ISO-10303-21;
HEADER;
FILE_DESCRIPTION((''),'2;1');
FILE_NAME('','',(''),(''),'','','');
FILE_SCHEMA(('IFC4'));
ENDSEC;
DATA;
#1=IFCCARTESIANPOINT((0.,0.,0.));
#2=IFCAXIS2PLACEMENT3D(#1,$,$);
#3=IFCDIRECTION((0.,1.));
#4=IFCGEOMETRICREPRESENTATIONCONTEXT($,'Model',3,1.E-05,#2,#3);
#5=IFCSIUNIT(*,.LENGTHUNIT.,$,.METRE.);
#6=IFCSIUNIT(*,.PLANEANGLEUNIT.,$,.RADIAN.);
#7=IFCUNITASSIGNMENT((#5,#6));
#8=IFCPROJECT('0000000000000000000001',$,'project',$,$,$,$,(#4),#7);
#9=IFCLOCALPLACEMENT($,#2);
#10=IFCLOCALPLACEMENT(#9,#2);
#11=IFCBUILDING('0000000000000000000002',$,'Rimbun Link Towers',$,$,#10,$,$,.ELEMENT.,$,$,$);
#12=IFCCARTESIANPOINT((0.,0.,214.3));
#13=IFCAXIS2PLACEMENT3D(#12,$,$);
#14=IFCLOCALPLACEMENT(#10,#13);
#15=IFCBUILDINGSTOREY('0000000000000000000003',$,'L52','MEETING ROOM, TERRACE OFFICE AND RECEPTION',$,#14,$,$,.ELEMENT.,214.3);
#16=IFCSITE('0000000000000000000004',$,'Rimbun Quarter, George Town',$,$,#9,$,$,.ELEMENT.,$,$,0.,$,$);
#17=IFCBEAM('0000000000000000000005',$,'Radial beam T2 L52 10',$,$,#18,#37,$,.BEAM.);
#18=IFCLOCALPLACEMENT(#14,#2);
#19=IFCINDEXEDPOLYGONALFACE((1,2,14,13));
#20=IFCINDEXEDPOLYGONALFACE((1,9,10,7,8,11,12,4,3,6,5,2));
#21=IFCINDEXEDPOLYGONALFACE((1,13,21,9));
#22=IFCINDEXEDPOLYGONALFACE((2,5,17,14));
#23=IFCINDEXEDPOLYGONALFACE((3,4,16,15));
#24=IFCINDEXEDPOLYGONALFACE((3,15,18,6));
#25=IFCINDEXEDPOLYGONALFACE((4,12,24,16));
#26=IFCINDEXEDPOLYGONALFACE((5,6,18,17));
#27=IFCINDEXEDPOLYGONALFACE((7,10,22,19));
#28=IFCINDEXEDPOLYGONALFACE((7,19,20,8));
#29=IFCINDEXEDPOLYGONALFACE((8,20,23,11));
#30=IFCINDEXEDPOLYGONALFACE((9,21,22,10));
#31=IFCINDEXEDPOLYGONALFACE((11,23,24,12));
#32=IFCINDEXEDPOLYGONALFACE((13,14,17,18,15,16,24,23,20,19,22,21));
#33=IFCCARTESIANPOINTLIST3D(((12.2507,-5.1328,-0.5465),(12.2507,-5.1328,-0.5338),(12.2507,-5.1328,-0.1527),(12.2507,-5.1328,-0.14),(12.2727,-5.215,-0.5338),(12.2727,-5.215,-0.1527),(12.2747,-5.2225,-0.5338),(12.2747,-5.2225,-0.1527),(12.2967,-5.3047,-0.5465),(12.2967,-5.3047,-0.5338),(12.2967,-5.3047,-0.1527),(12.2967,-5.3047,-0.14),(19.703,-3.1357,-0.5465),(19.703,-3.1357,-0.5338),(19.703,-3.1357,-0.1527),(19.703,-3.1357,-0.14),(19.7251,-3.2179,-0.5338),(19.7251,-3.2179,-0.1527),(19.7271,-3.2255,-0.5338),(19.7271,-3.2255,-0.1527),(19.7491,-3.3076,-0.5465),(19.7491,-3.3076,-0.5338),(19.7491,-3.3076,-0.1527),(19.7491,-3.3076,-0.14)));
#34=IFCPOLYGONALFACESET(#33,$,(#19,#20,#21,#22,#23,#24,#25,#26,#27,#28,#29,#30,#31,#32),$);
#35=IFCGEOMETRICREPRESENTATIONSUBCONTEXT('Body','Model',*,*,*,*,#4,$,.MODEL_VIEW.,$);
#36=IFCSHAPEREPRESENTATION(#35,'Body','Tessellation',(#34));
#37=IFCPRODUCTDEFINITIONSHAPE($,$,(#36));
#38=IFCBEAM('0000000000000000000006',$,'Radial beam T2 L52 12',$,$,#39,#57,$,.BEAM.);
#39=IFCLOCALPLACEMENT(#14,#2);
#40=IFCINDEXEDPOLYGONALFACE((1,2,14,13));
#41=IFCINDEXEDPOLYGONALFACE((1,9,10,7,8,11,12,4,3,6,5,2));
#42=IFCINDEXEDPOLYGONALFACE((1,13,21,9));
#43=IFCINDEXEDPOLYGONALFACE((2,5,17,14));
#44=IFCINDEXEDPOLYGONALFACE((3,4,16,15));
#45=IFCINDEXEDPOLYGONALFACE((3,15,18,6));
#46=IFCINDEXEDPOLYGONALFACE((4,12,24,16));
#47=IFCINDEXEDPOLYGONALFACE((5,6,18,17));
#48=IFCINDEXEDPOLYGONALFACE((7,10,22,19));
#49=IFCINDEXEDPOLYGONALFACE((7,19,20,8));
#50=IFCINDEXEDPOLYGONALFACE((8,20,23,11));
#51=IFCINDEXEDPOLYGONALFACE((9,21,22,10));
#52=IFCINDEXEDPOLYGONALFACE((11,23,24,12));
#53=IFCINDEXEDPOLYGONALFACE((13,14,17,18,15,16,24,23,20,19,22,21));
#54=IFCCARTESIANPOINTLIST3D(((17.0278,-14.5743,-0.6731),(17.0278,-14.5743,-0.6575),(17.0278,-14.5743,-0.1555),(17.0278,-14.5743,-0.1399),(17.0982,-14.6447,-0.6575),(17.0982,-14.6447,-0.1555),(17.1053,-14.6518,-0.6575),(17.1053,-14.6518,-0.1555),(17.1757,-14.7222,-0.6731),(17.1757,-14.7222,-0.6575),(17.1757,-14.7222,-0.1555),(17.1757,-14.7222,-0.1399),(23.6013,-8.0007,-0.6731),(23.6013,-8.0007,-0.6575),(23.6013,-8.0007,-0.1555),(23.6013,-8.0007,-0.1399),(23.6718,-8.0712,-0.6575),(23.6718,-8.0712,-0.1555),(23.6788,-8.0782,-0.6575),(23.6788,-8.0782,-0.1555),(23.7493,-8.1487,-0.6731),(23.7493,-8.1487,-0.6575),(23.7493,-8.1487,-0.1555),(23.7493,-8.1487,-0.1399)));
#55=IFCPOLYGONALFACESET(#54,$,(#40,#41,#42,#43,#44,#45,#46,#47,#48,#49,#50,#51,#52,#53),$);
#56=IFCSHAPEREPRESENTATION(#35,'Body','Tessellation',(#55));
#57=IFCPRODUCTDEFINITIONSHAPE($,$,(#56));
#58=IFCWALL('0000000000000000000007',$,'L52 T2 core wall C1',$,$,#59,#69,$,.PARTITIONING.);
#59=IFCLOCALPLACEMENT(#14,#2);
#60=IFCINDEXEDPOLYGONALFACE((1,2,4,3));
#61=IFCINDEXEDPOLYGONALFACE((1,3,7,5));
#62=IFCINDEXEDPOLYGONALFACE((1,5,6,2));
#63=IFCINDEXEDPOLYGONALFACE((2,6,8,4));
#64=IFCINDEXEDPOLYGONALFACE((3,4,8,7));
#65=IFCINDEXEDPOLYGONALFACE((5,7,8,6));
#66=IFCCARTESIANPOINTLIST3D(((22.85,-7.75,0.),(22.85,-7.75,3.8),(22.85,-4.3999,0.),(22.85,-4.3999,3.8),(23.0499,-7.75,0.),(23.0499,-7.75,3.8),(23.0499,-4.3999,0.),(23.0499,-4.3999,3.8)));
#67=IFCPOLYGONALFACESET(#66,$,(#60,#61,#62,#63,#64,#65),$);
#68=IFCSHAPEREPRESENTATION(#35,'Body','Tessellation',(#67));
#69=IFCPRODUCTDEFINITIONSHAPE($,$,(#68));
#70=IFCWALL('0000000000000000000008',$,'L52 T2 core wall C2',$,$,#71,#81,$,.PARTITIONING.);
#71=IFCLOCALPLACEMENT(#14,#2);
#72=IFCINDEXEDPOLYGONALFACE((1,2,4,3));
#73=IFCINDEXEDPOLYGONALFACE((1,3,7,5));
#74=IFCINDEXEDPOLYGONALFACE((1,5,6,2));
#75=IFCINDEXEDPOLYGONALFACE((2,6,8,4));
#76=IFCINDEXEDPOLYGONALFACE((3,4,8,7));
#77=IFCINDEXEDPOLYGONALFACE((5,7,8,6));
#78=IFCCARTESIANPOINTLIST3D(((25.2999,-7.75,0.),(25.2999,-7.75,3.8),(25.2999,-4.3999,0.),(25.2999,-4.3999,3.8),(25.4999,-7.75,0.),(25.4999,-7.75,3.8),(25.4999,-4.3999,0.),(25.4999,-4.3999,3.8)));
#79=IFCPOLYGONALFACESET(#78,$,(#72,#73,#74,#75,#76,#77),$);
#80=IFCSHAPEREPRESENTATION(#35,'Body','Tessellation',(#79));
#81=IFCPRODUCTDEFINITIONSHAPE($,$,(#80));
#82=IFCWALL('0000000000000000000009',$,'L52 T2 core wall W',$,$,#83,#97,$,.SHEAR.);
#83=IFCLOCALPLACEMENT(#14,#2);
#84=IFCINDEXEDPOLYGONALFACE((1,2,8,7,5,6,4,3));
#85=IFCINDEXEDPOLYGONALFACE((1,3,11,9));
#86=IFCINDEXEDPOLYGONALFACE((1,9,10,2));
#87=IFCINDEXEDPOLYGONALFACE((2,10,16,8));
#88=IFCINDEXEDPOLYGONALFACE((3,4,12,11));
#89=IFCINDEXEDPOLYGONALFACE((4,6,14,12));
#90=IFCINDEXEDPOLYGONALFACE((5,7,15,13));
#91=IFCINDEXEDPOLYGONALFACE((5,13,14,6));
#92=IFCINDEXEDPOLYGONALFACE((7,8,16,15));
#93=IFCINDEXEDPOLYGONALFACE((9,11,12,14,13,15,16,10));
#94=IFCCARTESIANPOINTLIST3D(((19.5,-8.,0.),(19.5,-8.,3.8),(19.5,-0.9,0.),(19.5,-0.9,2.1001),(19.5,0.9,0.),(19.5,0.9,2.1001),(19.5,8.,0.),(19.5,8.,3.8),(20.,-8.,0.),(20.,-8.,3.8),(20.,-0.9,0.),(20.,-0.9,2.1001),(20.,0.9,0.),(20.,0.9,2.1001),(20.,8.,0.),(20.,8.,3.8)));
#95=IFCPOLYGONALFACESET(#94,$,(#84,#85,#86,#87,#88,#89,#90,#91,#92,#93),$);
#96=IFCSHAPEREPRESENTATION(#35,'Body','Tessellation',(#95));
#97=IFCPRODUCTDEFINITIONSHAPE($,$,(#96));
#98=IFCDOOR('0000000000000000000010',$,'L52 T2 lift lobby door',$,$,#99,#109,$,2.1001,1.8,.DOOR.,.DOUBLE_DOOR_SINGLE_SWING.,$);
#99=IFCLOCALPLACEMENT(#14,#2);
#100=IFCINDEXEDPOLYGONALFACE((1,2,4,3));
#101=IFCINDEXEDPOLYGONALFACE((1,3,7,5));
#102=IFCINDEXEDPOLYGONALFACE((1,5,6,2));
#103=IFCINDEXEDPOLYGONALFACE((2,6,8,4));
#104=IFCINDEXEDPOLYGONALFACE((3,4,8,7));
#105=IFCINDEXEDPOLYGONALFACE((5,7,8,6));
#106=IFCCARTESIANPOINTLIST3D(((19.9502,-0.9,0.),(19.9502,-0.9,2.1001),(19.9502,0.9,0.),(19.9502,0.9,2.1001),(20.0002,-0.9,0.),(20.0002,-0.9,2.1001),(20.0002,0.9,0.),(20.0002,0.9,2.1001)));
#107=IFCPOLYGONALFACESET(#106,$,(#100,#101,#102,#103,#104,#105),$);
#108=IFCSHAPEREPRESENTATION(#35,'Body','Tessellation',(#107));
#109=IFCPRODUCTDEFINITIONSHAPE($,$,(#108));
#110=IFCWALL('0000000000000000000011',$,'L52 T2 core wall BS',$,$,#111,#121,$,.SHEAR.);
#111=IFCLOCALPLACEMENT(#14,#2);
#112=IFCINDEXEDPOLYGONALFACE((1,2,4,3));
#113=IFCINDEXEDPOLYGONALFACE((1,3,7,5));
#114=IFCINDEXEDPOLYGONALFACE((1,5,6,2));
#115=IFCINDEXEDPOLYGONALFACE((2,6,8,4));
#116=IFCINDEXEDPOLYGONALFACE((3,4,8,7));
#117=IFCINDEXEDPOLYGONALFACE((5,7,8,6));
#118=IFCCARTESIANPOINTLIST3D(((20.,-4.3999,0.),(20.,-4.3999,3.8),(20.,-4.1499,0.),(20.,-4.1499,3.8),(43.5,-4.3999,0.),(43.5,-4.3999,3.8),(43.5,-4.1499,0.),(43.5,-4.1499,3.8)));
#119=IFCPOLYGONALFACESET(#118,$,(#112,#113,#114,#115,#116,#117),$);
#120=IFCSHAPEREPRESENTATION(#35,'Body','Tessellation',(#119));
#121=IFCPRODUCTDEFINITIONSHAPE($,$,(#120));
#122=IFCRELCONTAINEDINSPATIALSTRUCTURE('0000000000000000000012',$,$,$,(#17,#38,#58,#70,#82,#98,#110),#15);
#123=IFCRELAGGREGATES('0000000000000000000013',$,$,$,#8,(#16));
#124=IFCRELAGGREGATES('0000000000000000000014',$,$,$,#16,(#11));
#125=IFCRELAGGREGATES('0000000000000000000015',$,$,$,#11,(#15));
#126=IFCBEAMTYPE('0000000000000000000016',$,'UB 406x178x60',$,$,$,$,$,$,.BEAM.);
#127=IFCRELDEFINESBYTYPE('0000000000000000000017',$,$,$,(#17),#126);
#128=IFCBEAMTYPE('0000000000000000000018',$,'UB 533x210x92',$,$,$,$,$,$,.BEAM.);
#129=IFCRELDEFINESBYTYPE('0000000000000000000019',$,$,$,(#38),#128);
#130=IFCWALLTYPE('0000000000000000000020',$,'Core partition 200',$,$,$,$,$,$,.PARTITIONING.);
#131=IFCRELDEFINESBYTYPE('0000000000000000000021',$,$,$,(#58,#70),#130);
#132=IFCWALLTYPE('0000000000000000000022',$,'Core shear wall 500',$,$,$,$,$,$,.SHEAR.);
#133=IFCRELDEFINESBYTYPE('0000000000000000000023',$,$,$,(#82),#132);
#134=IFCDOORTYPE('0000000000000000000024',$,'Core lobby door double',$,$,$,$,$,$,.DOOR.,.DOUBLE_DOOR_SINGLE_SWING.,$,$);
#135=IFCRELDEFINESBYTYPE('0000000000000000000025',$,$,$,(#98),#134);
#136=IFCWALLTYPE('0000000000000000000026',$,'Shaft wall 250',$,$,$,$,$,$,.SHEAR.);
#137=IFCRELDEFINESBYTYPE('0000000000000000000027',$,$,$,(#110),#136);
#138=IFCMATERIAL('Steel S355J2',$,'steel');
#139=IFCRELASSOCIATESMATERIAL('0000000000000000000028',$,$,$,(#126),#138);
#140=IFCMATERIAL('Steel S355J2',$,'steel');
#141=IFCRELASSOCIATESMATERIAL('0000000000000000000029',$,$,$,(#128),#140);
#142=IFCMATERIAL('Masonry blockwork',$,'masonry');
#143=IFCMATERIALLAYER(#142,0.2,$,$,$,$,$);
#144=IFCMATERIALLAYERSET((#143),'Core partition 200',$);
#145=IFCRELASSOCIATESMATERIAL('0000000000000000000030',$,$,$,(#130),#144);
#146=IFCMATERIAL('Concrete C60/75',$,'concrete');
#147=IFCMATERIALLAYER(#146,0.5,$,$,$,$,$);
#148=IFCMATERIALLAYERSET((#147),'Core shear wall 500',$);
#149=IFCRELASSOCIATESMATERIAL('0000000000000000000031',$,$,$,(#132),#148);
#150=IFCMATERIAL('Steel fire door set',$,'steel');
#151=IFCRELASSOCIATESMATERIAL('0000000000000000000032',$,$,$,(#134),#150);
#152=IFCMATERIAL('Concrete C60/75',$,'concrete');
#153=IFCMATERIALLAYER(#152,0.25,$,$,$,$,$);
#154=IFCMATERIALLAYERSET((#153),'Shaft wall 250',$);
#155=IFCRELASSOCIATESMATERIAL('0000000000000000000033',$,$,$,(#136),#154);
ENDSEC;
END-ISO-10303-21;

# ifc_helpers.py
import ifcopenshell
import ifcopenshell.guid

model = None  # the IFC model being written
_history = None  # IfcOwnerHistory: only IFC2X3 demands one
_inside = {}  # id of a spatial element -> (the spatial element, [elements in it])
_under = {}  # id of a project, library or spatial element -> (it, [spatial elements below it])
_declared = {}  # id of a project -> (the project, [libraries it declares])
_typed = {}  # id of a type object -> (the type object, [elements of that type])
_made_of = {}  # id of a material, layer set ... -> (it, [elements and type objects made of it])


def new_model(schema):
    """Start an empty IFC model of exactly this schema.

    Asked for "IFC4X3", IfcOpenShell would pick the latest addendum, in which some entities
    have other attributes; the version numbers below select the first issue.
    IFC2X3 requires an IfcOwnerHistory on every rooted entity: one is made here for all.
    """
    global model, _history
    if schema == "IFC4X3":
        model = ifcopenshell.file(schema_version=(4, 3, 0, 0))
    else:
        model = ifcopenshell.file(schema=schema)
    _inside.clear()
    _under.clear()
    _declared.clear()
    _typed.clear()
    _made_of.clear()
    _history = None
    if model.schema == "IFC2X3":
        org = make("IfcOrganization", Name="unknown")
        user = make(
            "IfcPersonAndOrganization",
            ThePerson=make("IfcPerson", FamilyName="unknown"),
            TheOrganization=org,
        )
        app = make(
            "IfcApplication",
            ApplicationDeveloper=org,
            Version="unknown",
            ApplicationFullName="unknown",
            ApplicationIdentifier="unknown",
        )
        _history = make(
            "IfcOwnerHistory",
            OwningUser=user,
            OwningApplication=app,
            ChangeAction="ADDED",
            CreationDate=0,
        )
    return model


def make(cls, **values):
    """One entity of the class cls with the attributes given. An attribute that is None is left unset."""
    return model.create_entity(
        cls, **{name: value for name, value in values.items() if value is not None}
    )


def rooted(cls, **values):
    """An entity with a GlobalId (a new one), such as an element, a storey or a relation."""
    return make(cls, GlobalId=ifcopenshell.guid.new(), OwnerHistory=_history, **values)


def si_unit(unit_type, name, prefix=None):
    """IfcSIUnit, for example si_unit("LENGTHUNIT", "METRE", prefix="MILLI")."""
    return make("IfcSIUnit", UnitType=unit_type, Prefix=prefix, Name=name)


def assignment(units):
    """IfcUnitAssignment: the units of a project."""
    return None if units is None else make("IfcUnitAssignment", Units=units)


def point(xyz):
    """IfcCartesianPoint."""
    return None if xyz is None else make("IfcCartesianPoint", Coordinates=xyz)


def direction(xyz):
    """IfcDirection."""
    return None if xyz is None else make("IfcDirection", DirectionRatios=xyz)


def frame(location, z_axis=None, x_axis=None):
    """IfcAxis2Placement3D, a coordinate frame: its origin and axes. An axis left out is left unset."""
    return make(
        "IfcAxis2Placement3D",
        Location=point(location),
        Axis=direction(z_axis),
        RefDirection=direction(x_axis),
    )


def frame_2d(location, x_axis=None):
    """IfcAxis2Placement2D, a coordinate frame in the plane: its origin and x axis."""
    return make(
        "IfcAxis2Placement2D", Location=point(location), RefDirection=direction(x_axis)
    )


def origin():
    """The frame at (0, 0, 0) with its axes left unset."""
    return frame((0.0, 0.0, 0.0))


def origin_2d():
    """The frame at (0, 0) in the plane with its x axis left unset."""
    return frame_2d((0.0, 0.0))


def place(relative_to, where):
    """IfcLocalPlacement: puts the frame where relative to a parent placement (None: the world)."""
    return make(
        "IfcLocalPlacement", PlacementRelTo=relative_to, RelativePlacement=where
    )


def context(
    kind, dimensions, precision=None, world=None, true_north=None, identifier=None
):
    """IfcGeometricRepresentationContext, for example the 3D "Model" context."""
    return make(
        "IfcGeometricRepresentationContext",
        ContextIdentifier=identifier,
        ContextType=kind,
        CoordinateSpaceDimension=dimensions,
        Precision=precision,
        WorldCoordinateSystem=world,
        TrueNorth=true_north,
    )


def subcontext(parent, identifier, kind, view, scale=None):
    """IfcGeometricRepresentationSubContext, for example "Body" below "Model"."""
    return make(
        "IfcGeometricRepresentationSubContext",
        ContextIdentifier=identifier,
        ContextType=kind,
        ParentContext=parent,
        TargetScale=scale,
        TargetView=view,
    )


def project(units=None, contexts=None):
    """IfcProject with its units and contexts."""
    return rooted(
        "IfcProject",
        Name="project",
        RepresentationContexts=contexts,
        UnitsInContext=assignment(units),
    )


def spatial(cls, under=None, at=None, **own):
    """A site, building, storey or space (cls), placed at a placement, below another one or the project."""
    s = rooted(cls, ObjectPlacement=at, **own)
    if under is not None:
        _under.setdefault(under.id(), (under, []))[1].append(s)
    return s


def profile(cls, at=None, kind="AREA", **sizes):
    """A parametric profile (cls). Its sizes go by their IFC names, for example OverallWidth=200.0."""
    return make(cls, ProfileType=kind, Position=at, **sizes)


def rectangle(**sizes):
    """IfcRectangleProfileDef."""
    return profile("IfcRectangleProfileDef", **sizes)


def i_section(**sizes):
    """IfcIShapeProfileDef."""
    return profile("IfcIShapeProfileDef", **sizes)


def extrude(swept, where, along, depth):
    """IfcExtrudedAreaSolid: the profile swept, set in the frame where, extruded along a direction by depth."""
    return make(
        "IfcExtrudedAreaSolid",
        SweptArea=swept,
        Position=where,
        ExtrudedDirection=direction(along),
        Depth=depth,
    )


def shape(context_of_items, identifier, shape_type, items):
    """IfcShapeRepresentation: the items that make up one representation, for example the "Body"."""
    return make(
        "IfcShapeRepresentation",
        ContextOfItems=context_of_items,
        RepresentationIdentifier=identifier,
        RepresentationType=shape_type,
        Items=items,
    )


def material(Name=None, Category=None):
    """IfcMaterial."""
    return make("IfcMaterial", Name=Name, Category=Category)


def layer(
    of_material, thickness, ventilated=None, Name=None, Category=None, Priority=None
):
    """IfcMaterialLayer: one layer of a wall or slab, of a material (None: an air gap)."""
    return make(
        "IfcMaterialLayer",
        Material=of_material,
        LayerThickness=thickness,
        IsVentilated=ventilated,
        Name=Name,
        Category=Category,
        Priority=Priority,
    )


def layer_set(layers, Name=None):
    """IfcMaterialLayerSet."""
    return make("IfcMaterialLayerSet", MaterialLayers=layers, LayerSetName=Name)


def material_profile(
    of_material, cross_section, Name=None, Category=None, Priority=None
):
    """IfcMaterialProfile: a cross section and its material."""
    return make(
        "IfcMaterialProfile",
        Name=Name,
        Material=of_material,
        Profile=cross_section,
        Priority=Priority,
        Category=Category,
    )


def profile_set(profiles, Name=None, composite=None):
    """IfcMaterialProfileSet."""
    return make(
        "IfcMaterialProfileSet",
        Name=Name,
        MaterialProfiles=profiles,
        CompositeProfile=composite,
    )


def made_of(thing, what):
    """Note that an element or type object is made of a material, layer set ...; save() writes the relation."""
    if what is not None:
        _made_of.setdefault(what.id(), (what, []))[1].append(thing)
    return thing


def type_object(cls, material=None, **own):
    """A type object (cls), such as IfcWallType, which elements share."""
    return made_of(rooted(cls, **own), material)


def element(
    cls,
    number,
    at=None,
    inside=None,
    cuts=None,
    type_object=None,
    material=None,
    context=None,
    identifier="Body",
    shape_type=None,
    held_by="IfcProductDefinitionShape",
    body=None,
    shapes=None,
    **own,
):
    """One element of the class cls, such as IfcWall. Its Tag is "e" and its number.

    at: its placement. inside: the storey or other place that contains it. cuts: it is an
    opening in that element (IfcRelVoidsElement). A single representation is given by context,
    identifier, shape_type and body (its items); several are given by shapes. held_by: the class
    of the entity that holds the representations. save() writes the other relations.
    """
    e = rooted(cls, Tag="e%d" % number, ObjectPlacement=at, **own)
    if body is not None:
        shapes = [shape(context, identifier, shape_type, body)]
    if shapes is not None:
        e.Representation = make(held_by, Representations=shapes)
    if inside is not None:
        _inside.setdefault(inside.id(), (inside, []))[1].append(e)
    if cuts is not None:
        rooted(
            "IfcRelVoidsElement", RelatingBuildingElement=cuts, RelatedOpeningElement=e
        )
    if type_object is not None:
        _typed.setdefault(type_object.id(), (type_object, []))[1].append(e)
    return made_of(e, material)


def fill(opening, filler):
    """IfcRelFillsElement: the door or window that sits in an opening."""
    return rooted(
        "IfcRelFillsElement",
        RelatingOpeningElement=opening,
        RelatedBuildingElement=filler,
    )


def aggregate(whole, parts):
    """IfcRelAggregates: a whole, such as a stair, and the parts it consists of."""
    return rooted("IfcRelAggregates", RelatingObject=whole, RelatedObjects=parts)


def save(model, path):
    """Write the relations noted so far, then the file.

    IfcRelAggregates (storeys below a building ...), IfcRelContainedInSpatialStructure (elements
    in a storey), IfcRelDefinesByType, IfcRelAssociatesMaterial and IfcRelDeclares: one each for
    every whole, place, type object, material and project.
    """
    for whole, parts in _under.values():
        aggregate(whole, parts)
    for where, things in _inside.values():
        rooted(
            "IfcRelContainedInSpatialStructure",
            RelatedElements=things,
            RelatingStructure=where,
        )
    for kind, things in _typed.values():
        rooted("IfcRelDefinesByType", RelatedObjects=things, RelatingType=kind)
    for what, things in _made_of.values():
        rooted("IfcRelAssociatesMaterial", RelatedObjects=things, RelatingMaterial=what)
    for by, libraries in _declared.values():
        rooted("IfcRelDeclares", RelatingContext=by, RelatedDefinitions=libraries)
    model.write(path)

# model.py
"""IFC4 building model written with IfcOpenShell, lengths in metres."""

from ifc_helpers import new_model, si_unit, direction, frame, frame_2d, origin, origin_2d, place, context, subcontext, project, spatial, rectangle, i_section, extrude, material, layer, layer_set, material_profile, profile_set, type_object, element, fill, save


model = new_model("IFC4")

# Units and contexts
model_context = context("Model", 3, precision=1e-05, world=origin(), true_north=direction((0.0, 1.0)))
body_context = subcontext(model_context, "Body", "Model", "MODEL_VIEW")
ifc_project = project(units=[si_unit("LENGTHUNIT", "METRE"), si_unit("PLANEANGLEUNIT", "RADIAN")], contexts=[model_context])

# Site, building, storey
site_placement = place(None, origin())
site = spatial("IfcSite", under=ifc_project, at=site_placement, Name="Rimbun Quarter, George Town", CompositionType="ELEMENT", RefElevation=0.0)
building_placement = place(site_placement, origin())
building = spatial("IfcBuilding", under=site, at=building_placement, Name="Rimbun Link Towers", CompositionType="ELEMENT")
storey_placement = place(building_placement, frame((0.0, 0.0, 214.3)))
storey = spatial("IfcBuildingStorey", under=building, at=storey_placement, Name="L52", Description="MEETING ROOM, TERRACE OFFICE AND RECEPTION", CompositionType="ELEMENT", Elevation=214.3)

# Beams
ifc_material_1 = material(Name="Steel S355J2", Category="steel")
ifc_material_profile_1 = material_profile(ifc_material_1, i_section(OverallWidth=0.178, OverallDepth=0.4065, WebThickness=0.0078, FlangeThickness=0.0127, at=origin_2d()), Name="UB 406x178x60")
ifc_profile_set_1 = profile_set([ifc_material_profile_1], Name="Steel S355J2")
beam_type_1 = type_object("IfcBeamType", Name="UB 406x178x60", PredefinedType="BEAM", material=ifc_profile_set_1)
beam_1_placement = place(storey_placement, frame((19.7261, -3.2217, -0.3433), z_axis=(-0.965919, -0.258844, 0.0), x_axis=(0.258844, -0.965919, 0.0)))
element("IfcBeam", 1, at=beam_1_placement, inside=storey, type_object=beam_type_1, Name="Radial beam T2 L52 10", PredefinedType="BEAM", context=body_context, shape_type="SweptSolid", body=[
    extrude(i_section(OverallWidth=0.178, OverallDepth=0.4065, WebThickness=0.0078, FlangeThickness=0.0127, at=origin_2d()), origin(), (0.0, 0.0, 1.0), 7.7153),
])
ifc_material_2 = material(Name="Steel S355J2", Category="steel")
ifc_material_profile_2 = material_profile(ifc_material_2, i_section(OverallWidth=0.2092, OverallDepth=0.5332, WebThickness=0.01, FlangeThickness=0.0156, at=origin_2d()), Name="UB 533x210x92")
ifc_profile_set_2 = profile_set([ifc_material_profile_2], Name="Steel S355J2")
beam_type_2 = type_object("IfcBeamType", Name="UB 533x210x92", PredefinedType="BEAM", material=ifc_profile_set_2)
beam_2_placement = place(storey_placement, frame((23.6753, -8.0747, -0.4065), z_axis=(-0.707107, -0.707107, 0.0), x_axis=(0.707107, -0.707107, 0.0)))
element("IfcBeam", 2, at=beam_2_placement, inside=storey, type_object=beam_type_2, Name="Radial beam T2 L52 12", PredefinedType="BEAM", context=body_context, shape_type="SweptSolid", body=[
    extrude(i_section(OverallWidth=0.2092, OverallDepth=0.5332, WebThickness=0.01, FlangeThickness=0.0156, at=origin_2d()), origin(), (0.0, 0.0, 1.0), 9.2964),
])

# Walls
ifc_material_3 = material(Name="Masonry blockwork", Category="masonry")
ifc_layer_1 = layer(ifc_material_3, 0.2)
ifc_layer_set_1 = layer_set([ifc_layer_1], Name="Core partition 200")
wall_type_1 = type_object("IfcWallType", Name="Core partition 200", PredefinedType="PARTITIONING", material=ifc_layer_set_1)
for number, where, z_axis, x_axis, name in (
    (3, (22.95, -4.3999, 0.0), (0.0, 0.0, 1.0), (0.0, -1.0, 0.0), "L52 T2 core wall C1"),
    (4, (25.3999, -4.3999, 0.0), (0.0, 0.0, 1.0), (0.0, -1.0, 0.0), "L52 T2 core wall C2"),
):
    element("IfcWall", number, at=place(storey_placement, frame(where, z_axis=z_axis, x_axis=x_axis)), inside=storey, type_object=wall_type_1, Name=name, PredefinedType="PARTITIONING", context=body_context, shape_type="SweptSolid", body=[
        extrude(rectangle(XDim=3.3501, YDim=0.2, at=frame_2d((1.675, 0.0))), origin(), (0.0, 0.0, 1.0), 3.8),
    ])

# Wall, opening, door
ifc_material_4 = material(Name="Concrete C60/75", Category="concrete")
ifc_layer_2 = layer(ifc_material_4, 0.5)
ifc_layer_set_2 = layer_set([ifc_layer_2], Name="Core shear wall 500")
wall_type_2 = type_object("IfcWallType", Name="Core shear wall 500", PredefinedType="SHEAR", material=ifc_layer_set_2)
wall_1_placement = place(storey_placement, frame((19.75, -8.0, 0.0), z_axis=(0.0, 0.0, 1.0), x_axis=(0.0, 1.0, 0.0)))
wall_1 = element("IfcWall", 5, at=wall_1_placement, inside=storey, type_object=wall_type_2, Name="L52 T2 core wall W", PredefinedType="SHEAR", context=body_context, shape_type="SweptSolid", body=[
    extrude(rectangle(XDim=16.0, YDim=0.5, at=frame_2d((8.0, 0.0))), origin(), (0.0, 0.0, 1.0), 3.8),
])
opening_1_placement = place(wall_1_placement, frame((7.1001, 0.0, 0.0)))
opening_1 = element("IfcOpeningElement", 6, at=opening_1_placement, cuts=wall_1, PredefinedType="OPENING", context=body_context, shape_type="SweptSolid", body=[
    extrude(rectangle(XDim=1.8, YDim=2.1001, at=frame_2d((0.8999, 1.05))), frame((0.0, 0.26, 0.0), z_axis=(0.0, -1.0, 0.0), x_axis=(1.0, 0.0, 0.0)), (0.0, 0.0, 1.0), 0.52),
])
ifc_material_5 = material(Name="Steel fire door set", Category="steel")
door_type_1 = type_object("IfcDoorType", Name="Core lobby door double", OperationType="DOUBLE_DOOR_SINGLE_SWING", PredefinedType="DOOR", material=ifc_material_5)
door_1_placement = place(opening_1_placement, origin())
door_1 = element("IfcDoor", 7, at=door_1_placement, inside=storey, type_object=door_type_1, Name="L52 T2 lift lobby door", OperationType="DOUBLE_DOOR_SINGLE_SWING", OverallHeight=2.1001, OverallWidth=1.8, PredefinedType="DOOR", context=body_context, shape_type="SweptSolid", body=[
    extrude(rectangle(XDim=1.8, YDim=2.1001, at=frame_2d((0.8999, 1.05))), frame((0.0, -0.2002, 0.0), z_axis=(0.0, -1.0, 0.0), x_axis=(1.0, 0.0, 0.0)), (0.0, 0.0, 1.0), 0.05),
])
fill(opening_1, door_1)

# Wall
ifc_material_6 = material(Name="Concrete C60/75", Category="concrete")
ifc_layer_3 = layer(ifc_material_6, 0.25)
ifc_layer_set_3 = layer_set([ifc_layer_3], Name="Shaft wall 250")
wall_type_3 = type_object("IfcWallType", Name="Shaft wall 250", PredefinedType="SHEAR", material=ifc_layer_set_3)
wall_2_placement = place(storey_placement, frame((20.0, -4.2749, 0.0), z_axis=(0.0, 0.0, 1.0), x_axis=(1.0, 0.0, 0.0)))
element("IfcWall", 8, at=wall_2_placement, inside=storey, type_object=wall_type_3, Name="L52 T2 core wall BS", PredefinedType="SHEAR", context=body_context, shape_type="SweptSolid", body=[
    extrude(rectangle(XDim=23.5, YDim=0.25, at=frame_2d((11.75, 0.0))), origin(), (0.0, 0.0, 1.0), 3.8),
])

save(model, "model.ifc")
